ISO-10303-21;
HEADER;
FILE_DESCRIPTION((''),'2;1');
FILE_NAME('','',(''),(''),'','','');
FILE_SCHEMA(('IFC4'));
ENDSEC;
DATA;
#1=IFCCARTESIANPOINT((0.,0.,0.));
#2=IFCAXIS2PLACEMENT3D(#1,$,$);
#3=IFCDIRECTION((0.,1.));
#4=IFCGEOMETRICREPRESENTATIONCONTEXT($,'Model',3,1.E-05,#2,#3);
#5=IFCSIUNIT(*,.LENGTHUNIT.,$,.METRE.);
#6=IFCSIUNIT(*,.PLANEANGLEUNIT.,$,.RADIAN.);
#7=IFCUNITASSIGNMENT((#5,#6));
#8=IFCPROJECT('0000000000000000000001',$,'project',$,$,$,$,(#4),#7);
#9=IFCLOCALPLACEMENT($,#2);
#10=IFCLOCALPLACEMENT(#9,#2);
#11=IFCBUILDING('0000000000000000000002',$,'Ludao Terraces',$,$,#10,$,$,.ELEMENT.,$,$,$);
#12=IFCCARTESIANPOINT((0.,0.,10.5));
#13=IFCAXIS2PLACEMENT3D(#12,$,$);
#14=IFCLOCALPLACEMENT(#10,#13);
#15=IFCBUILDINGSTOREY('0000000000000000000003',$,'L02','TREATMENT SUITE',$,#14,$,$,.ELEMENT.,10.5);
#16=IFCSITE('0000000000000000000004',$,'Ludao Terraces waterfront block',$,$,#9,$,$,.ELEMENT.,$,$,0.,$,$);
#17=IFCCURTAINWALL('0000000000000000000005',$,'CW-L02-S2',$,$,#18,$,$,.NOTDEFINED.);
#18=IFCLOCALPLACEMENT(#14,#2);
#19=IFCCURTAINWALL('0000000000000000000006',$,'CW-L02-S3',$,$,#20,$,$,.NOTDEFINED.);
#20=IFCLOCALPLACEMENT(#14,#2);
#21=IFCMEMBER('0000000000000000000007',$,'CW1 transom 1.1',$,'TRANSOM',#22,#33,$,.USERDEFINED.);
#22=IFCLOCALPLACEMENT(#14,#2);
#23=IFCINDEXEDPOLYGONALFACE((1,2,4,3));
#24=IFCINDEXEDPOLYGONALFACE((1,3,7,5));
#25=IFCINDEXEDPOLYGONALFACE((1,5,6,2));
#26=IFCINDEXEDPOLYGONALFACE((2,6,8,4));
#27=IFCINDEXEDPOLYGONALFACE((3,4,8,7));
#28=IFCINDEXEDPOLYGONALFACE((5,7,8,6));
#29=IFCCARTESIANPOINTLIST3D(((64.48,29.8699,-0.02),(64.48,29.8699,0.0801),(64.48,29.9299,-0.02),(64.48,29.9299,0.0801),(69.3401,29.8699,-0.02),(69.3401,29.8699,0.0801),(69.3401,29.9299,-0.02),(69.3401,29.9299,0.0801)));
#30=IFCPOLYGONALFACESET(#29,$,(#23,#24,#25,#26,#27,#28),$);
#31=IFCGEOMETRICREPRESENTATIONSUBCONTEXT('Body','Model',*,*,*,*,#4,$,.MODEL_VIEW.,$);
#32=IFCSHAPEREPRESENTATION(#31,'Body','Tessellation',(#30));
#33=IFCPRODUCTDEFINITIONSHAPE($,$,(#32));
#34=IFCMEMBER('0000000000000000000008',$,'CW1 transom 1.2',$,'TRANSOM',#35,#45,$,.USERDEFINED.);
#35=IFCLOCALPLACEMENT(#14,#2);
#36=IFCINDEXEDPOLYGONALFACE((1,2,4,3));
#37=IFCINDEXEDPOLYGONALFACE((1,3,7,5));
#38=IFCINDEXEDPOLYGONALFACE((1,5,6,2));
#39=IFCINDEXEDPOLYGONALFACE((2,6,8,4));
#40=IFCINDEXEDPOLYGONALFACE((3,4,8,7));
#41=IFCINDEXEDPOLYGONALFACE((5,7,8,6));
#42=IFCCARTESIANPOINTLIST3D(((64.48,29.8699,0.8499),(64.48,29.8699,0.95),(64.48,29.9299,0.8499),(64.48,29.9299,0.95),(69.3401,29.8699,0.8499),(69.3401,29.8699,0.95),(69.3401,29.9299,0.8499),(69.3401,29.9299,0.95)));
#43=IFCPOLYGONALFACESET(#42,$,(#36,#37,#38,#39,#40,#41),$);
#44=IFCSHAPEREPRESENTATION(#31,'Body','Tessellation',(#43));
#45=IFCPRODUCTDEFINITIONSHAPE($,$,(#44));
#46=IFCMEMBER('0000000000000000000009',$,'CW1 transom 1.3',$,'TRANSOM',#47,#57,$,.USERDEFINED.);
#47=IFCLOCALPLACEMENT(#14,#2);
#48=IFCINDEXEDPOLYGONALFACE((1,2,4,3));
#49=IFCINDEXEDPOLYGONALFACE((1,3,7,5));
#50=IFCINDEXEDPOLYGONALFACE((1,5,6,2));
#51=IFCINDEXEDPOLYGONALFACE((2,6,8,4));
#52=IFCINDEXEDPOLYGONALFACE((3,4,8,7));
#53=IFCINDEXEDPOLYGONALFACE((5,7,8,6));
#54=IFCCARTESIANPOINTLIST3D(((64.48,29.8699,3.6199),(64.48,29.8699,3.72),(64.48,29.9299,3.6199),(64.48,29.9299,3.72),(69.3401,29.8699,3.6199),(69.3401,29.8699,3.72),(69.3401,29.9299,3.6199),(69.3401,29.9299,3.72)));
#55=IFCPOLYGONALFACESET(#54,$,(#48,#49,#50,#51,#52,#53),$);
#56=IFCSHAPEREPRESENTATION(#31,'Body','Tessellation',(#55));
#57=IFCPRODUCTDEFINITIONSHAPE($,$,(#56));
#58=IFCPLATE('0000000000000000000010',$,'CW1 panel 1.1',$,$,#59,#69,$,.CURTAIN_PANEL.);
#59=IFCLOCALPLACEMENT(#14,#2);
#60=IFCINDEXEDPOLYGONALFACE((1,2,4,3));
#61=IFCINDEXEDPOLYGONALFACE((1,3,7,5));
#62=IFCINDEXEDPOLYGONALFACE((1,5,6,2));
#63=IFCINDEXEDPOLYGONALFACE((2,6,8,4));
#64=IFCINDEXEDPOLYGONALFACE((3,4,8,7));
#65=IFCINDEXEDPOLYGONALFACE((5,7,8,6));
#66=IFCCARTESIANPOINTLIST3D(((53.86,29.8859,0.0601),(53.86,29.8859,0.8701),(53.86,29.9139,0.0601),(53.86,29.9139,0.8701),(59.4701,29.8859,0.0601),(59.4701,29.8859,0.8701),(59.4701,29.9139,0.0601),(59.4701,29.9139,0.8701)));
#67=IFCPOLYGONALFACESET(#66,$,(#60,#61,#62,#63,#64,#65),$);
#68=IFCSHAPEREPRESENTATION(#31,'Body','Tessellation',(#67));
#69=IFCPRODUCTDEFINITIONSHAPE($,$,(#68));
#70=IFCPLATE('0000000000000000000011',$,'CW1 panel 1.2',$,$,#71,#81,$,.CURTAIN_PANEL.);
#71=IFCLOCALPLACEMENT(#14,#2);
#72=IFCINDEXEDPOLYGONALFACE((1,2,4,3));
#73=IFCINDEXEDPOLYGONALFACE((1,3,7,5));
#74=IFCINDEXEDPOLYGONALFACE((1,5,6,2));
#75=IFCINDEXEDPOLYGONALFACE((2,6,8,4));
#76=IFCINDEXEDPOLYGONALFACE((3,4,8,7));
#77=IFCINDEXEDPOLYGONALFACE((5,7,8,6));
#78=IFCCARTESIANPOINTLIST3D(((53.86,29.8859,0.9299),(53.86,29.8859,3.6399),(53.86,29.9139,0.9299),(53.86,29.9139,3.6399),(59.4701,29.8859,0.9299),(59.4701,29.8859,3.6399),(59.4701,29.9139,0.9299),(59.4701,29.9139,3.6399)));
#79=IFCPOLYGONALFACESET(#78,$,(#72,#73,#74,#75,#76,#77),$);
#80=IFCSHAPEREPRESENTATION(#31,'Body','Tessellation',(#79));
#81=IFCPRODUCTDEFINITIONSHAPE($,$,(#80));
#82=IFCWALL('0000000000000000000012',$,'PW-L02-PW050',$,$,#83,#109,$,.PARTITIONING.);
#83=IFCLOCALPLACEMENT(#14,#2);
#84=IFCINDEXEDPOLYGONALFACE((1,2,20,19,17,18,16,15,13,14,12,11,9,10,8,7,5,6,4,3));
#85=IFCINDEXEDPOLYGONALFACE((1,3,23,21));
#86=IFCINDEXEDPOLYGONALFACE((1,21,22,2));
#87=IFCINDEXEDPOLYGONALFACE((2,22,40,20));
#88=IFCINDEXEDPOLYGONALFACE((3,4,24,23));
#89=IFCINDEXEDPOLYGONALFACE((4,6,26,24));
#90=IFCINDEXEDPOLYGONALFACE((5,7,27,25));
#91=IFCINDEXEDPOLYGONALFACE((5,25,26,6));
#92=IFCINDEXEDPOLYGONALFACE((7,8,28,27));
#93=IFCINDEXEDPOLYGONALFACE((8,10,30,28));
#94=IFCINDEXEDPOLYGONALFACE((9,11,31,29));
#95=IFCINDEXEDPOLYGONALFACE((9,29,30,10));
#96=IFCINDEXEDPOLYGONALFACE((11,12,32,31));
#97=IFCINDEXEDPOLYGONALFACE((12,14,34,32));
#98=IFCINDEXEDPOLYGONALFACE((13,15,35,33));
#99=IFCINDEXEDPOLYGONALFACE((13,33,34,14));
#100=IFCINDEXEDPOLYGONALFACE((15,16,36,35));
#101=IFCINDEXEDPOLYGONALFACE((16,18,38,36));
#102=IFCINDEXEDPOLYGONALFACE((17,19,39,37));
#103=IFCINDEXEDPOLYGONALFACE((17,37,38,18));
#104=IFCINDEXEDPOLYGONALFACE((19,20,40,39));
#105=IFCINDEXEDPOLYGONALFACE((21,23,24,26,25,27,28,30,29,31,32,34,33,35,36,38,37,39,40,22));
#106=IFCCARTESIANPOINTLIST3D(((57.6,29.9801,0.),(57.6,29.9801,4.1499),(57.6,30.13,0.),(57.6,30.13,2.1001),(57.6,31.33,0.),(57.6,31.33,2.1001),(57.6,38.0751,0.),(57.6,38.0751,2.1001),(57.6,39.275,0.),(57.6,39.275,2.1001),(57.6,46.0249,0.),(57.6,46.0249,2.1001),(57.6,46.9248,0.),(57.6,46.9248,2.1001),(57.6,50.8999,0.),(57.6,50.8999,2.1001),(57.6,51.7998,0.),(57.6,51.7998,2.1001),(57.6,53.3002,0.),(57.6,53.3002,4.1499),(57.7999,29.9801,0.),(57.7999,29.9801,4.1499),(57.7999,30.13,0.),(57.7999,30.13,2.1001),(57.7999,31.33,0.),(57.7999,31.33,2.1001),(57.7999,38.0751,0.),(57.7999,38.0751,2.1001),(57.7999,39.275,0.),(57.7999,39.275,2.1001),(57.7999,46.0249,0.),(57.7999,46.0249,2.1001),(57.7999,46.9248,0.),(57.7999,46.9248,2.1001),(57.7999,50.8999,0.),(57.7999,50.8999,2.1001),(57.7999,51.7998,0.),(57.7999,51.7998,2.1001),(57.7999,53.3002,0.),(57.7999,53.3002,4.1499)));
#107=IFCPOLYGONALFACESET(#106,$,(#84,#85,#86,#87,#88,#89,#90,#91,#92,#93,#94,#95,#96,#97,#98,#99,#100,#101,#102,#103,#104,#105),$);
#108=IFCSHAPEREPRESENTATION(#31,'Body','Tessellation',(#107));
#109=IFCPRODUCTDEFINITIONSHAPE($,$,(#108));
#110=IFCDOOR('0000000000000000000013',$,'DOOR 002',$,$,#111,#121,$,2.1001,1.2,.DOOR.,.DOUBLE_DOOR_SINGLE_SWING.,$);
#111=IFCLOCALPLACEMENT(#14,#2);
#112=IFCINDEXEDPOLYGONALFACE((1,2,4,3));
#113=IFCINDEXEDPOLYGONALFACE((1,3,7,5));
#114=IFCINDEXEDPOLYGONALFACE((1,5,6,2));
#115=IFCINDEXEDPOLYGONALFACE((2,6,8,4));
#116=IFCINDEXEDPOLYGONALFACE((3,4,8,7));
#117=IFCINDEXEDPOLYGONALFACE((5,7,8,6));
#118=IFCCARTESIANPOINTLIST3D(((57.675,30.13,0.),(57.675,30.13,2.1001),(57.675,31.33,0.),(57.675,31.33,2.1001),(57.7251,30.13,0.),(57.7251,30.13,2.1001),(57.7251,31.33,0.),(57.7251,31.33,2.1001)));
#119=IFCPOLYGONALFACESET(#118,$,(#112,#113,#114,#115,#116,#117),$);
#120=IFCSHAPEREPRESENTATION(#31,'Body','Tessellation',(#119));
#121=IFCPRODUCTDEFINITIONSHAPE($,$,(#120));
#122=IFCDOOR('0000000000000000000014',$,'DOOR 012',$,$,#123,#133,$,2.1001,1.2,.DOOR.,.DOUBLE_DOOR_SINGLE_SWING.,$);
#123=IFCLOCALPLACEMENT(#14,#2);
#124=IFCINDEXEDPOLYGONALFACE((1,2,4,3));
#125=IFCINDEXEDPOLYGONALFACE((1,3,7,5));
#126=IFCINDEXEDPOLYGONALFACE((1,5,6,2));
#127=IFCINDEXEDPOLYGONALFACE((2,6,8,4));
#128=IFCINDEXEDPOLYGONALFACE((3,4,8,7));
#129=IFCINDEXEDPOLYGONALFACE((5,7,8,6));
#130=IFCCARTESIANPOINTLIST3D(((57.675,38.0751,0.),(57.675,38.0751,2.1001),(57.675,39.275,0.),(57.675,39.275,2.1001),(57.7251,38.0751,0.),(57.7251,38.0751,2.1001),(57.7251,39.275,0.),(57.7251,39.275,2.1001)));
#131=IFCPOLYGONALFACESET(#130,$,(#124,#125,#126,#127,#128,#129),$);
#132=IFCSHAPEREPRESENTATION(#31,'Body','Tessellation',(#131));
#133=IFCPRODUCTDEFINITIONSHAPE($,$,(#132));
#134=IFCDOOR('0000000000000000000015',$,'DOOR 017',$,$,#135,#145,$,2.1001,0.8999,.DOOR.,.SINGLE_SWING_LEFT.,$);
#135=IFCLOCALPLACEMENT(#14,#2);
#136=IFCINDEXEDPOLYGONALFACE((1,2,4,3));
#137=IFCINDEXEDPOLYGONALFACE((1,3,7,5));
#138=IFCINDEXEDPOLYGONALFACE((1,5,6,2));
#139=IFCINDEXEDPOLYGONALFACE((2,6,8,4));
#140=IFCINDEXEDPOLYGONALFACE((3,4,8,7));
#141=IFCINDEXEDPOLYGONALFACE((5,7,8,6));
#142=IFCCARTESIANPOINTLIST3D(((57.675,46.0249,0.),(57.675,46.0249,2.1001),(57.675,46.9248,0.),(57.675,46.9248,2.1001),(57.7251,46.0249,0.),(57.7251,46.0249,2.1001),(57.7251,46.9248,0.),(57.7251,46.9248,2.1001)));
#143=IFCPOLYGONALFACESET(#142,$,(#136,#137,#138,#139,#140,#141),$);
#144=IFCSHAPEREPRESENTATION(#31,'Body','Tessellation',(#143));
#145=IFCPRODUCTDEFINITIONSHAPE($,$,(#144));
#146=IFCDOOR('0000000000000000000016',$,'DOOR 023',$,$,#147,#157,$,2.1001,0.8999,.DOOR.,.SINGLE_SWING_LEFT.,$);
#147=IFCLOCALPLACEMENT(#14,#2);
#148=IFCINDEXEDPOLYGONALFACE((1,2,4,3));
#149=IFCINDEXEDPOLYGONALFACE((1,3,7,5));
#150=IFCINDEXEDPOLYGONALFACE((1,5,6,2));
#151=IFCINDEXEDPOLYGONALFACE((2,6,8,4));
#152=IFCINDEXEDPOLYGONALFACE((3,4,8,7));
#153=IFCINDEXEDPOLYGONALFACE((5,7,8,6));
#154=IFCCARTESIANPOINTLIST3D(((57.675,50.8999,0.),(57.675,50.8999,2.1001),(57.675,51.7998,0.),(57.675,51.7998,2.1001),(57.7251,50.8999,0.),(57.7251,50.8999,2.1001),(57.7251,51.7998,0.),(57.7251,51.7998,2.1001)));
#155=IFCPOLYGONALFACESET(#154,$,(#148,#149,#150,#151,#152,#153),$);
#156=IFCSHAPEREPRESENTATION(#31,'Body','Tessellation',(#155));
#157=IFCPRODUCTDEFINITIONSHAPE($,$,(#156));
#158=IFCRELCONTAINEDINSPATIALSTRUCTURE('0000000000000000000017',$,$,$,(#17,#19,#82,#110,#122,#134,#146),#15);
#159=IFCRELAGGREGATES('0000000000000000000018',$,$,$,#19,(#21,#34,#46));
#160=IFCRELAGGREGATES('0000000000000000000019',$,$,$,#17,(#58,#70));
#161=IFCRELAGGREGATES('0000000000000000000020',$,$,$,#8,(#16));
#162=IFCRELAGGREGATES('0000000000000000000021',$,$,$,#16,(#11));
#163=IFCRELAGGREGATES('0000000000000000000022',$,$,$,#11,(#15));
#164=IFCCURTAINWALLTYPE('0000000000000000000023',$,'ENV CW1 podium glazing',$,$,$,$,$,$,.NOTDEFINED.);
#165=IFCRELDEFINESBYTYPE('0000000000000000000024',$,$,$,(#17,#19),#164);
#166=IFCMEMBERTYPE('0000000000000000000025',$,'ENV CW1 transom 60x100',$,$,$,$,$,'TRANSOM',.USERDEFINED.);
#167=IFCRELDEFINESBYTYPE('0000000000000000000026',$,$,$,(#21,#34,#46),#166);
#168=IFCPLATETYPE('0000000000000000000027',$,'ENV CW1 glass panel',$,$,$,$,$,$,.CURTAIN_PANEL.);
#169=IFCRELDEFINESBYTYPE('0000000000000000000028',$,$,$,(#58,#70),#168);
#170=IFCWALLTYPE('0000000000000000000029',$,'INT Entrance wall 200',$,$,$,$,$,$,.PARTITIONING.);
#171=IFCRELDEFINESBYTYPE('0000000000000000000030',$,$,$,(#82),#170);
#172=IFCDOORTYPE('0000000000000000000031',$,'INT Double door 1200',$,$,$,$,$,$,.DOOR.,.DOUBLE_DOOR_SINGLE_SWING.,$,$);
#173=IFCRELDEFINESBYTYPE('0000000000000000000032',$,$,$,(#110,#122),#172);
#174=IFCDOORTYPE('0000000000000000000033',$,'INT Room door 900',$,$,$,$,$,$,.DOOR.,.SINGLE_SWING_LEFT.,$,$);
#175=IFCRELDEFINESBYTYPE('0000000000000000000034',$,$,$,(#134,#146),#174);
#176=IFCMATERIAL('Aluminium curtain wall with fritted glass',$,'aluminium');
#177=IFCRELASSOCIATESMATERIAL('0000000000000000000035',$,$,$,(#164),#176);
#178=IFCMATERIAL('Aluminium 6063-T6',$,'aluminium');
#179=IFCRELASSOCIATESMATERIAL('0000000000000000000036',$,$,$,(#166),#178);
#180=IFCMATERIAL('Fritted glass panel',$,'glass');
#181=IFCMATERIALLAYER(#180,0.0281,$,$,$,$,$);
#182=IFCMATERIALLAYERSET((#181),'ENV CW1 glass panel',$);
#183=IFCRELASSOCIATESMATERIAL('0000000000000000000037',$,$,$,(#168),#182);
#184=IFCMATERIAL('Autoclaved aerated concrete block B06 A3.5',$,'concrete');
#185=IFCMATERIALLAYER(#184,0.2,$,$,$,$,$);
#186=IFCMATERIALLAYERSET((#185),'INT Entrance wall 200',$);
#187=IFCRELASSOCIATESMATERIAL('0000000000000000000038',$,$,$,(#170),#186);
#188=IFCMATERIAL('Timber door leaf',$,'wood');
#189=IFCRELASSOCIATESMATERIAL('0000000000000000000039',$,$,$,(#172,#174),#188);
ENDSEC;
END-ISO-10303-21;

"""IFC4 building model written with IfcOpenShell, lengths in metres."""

from ifc_helpers import new_model, si_unit, direction, frame, frame_2d, origin, origin_2d, place, context, subcontext, project, spatial, rectangle, extrude, material, layer, layer_set, material_profile, profile_set, type_object, element, fill, aggregate, save


model = new_model("IFC4")

# Units and contexts
model_context = context("Model", 3, precision=1e-05, world=origin(), true_north=direction((0.0, 1.0)))
body_context = subcontext(model_context, "Body", "Model", "MODEL_VIEW")
ifc_project = project(units=[si_unit("LENGTHUNIT", "METRE"), si_unit("PLANEANGLEUNIT", "RADIAN")], contexts=[model_context])

# Site, building, storey
site_placement = place(None, origin())
site = spatial("IfcSite", under=ifc_project, at=site_placement, Name="Ludao Terraces waterfront block", CompositionType="ELEMENT", RefElevation=0.0)
building_placement = place(site_placement, origin())
building = spatial("IfcBuilding", under=site, at=building_placement, Name="Ludao Terraces", CompositionType="ELEMENT")
storey_placement = place(building_placement, frame((0.0, 0.0, 10.5)))
storey = spatial("IfcBuildingStorey", under=building, at=storey_placement, Name="L02", Description="TREATMENT SUITE", CompositionType="ELEMENT", Elevation=10.5)

# Curtain walls
ifc_material_1 = material(Name="Aluminium curtain wall with fritted glass", Category="aluminium")
curtain_wall_type = type_object("IfcCurtainWallType", Name="ENV CW1 podium glazing", PredefinedType="NOTDEFINED", material=ifc_material_1)
curtain_wall_1_placement = place(storey_placement, origin())
curtain_wall_1 = element("IfcCurtainWall", 1, at=curtain_wall_1_placement, inside=storey, type_object=curtain_wall_type, Name="CW-L02-S2", PredefinedType="NOTDEFINED")
ifc_material_2 = material(Name="Aluminium 6063-T6", Category="aluminium")
curtain_wall_2_placement = place(storey_placement, origin())
curtain_wall_2 = element("IfcCurtainWall", 2, at=curtain_wall_2_placement, inside=storey, type_object=curtain_wall_type, Name="CW-L02-S3", PredefinedType="NOTDEFINED")

# Members
ifc_material_profile_1 = material_profile(ifc_material_2, rectangle(XDim=0.0601, YDim=0.1001, at=origin_2d()), Name="60 X 100")
ifc_profile_set_1 = profile_set([ifc_material_profile_1], Name="Aluminium 6063-T6")
member_type_1 = type_object("IfcMemberType", Name="ENV CW1 transom 60x100", ElementType="TRANSOM", PredefinedType="USERDEFINED", material=ifc_profile_set_1)
member_1_placement = place(storey_placement, frame((64.48, 29.8999, 0.03), z_axis=(1.0, 0.0, 0.0), x_axis=(0.0, 1.0, 0.0)))
member_1 = element("IfcMember", 3, at=member_1_placement, type_object=member_type_1, Name="CW1 transom 1.1", ObjectType="TRANSOM", PredefinedType="USERDEFINED", context=body_context, shape_type="SweptSolid", body=[
    extrude(rectangle(XDim=0.0601, YDim=0.1001, at=origin_2d()), origin(), (0.0, 0.0, 1.0), 4.8601),
])
member_2_placement = place(storey_placement, frame((64.48, 29.8999, 0.8999), z_axis=(1.0, 0.0, 0.0), x_axis=(0.0, 1.0, 0.0)))
member_2 = element("IfcMember", 4, at=member_2_placement, type_object=member_type_1, Name="CW1 transom 1.2", ObjectType="TRANSOM", PredefinedType="USERDEFINED", context=body_context, shape_type="SweptSolid", body=[
    extrude(rectangle(XDim=0.0601, YDim=0.1001, at=origin_2d()), origin(), (0.0, 0.0, 1.0), 4.8601),
])
member_3_placement = place(storey_placement, frame((64.48, 29.8999, 3.6699), z_axis=(1.0, 0.0, 0.0), x_axis=(0.0, 1.0, 0.0)))
member_3 = element("IfcMember", 5, at=member_3_placement, type_object=member_type_1, Name="CW1 transom 1.3", ObjectType="TRANSOM", PredefinedType="USERDEFINED", context=body_context, shape_type="SweptSolid", body=[
    extrude(rectangle(XDim=0.0601, YDim=0.1001, at=origin_2d()), origin(), (0.0, 0.0, 1.0), 4.8601),
])
aggregate(curtain_wall_2, [member_1, member_2, member_3])

# Plates
ifc_material_3 = material(Name="Fritted glass panel", Category="glass")
ifc_layer_1 = layer(ifc_material_3, 0.0281)
ifc_layer_set_1 = layer_set([ifc_layer_1], Name="ENV CW1 glass panel")
plate_type = type_object("IfcPlateType", Name="ENV CW1 glass panel", PredefinedType="CURTAIN_PANEL", material=ifc_layer_set_1)
plate_1_placement = place(storey_placement, frame((56.665, 29.8999, 0.0601), z_axis=(0.0, 0.0, 1.0), x_axis=(1.0, 0.0, 0.0)))
plate_1 = element("IfcPlate", 6, at=plate_1_placement, type_object=plate_type, Name="CW1 panel 1.1", PredefinedType="CURTAIN_PANEL", context=body_context, shape_type="SweptSolid", body=[
    extrude(rectangle(XDim=5.6101, YDim=0.0281, at=origin_2d()), origin(), (0.0, 0.0, 1.0), 0.8101),
])
plate_2_placement = place(storey_placement, frame((56.665, 29.8999, 0.9299), z_axis=(0.0, 0.0, 1.0), x_axis=(1.0, 0.0, 0.0)))
plate_2 = element("IfcPlate", 7, at=plate_2_placement, type_object=plate_type, Name="CW1 panel 1.2", PredefinedType="CURTAIN_PANEL", context=body_context, shape_type="SweptSolid", body=[
    extrude(rectangle(XDim=5.6101, YDim=0.0281, at=origin_2d()), origin(), (0.0, 0.0, 1.0), 2.71),
])
aggregate(curtain_wall_1, [plate_1, plate_2])

# Wall, openings, doors
ifc_material_4 = material(Name="Autoclaved aerated concrete block B06 A3.5", Category="concrete")
ifc_layer_2 = layer(ifc_material_4, 0.2)
ifc_layer_set_2 = layer_set([ifc_layer_2], Name="INT Entrance wall 200")
wall_type_1 = type_object("IfcWallType", Name="INT Entrance wall 200", PredefinedType="PARTITIONING", material=ifc_layer_set_2)
wall_1_placement = place(storey_placement, frame((57.7, 29.98, 0.0), z_axis=(0.0, 0.0, 1.0), x_axis=(0.0, 1.0, 0.0)))
wall_1 = element("IfcWall", 8, at=wall_1_placement, inside=storey, type_object=wall_type_1, Name="PW-L02-PW050", PredefinedType="PARTITIONING", context=body_context, shape_type="SweptSolid", body=[
    extrude(rectangle(XDim=23.3201, YDim=0.2, at=frame_2d((11.6602, 0.0))), origin(), (0.0, 0.0, 1.0), 4.1499),
])
opening_1_placement = place(wall_1_placement, frame((0.1499, 0.0, 0.0)))
opening_1 = element("IfcOpeningElement", 9, at=opening_1_placement, cuts=wall_1, PredefinedType="OPENING", context=body_context, shape_type="SweptSolid", body=[
    extrude(rectangle(XDim=1.2, YDim=2.1001, at=frame_2d((0.6001, 1.05))), frame((0.0, 0.1099, 0.0), z_axis=(0.0, -1.0, 0.0), x_axis=(1.0, 0.0, 0.0)), (0.0, 0.0, 1.0), 0.22),
])
opening_2_placement = place(wall_1_placement, frame((8.095, 0.0, 0.0)))
opening_2 = element("IfcOpeningElement", 10, at=opening_2_placement, cuts=wall_1, PredefinedType="OPENING", context=body_context, shape_type="SweptSolid", body=[
    extrude(rectangle(XDim=1.2, YDim=2.1001, at=frame_2d((0.6001, 1.05))), frame((0.0, 0.1099, 0.0), z_axis=(0.0, -1.0, 0.0), x_axis=(1.0, 0.0, 0.0)), (0.0, 0.0, 1.0), 0.22),
])
opening_3_placement = place(wall_1_placement, frame((16.0449, 0.0, 0.0)))
opening_3 = element("IfcOpeningElement", 11, at=opening_3_placement, cuts=wall_1, PredefinedType="OPENING", context=body_context, shape_type="SweptSolid", body=[
    extrude(rectangle(XDim=0.8999, YDim=2.1001, at=frame_2d((0.45, 1.05))), frame((0.0, 0.1099, 0.0), z_axis=(0.0, -1.0, 0.0), x_axis=(1.0, 0.0, 0.0)), (0.0, 0.0, 1.0), 0.22),
])
opening_4_placement = place(wall_1_placement, frame((20.9199, 0.0, 0.0)))
opening_4 = element("IfcOpeningElement", 12, at=opening_4_placement, cuts=wall_1, PredefinedType="OPENING", context=body_context, shape_type="SweptSolid", body=[
    extrude(rectangle(XDim=0.8999, YDim=2.1001, at=frame_2d((0.45, 1.05))), frame((0.0, 0.1099, 0.0), z_axis=(0.0, -1.0, 0.0), x_axis=(1.0, 0.0, 0.0)), (0.0, 0.0, 1.0), 0.22),
])
ifc_material_5 = material(Name="Timber door leaf", Category="wood")
door_type_1 = type_object("IfcDoorType", Name="INT Double door 1200", OperationType="DOUBLE_DOOR_SINGLE_SWING", PredefinedType="DOOR", material=ifc_material_5)
door_1_placement = place(opening_1_placement, origin())
door_1 = element("IfcDoor", 13, at=door_1_placement, inside=storey, type_object=door_type_1, Name="DOOR 002", OperationType="DOUBLE_DOOR_SINGLE_SWING", OverallHeight=2.1001, OverallWidth=1.2, PredefinedType="DOOR", context=body_context, shape_type="SweptSolid", body=[
    extrude(rectangle(XDim=1.2, YDim=2.1001, at=frame_2d((0.6001, 1.05))), frame((0.0, 0.0249, 0.0), z_axis=(0.0, -1.0, 0.0), x_axis=(1.0, 0.0, 0.0)), (0.0, 0.0, 1.0), 0.05),
])
fill(opening_1, door_1)
door_2_placement = place(opening_2_placement, origin())
door_2 = element("IfcDoor", 14, at=door_2_placement, inside=storey, type_object=door_type_1, Name="DOOR 012", OperationType="DOUBLE_DOOR_SINGLE_SWING", OverallHeight=2.1001, OverallWidth=1.2, PredefinedType="DOOR", context=body_context, shape_type="SweptSolid", body=[
    extrude(rectangle(XDim=1.2, YDim=2.1001, at=frame_2d((0.6001, 1.05))), frame((0.0, 0.0249, 0.0), z_axis=(0.0, -1.0, 0.0), x_axis=(1.0, 0.0, 0.0)), (0.0, 0.0, 1.0), 0.05),
])
fill(opening_2, door_2)
door_type_2 = type_object("IfcDoorType", Name="INT Room door 900", OperationType="SINGLE_SWING_LEFT", PredefinedType="DOOR", material=ifc_material_5)
door_3_placement = place(opening_3_placement, origin())
door_3 = element("IfcDoor", 15, at=door_3_placement, inside=storey, type_object=door_type_2, Name="DOOR 017", OperationType="SINGLE_SWING_LEFT", OverallHeight=2.1001, OverallWidth=0.8999, PredefinedType="DOOR", context=body_context, shape_type="SweptSolid", body=[
    extrude(rectangle(XDim=0.8999, YDim=2.1001, at=frame_2d((0.45, 1.05))), frame((0.0, 0.0249, 0.0), z_axis=(0.0, -1.0, 0.0), x_axis=(1.0, 0.0, 0.0)), (0.0, 0.0, 1.0), 0.05),
])
fill(opening_3, door_3)
door_4_placement = place(opening_4_placement, origin())
door_4 = element("IfcDoor", 16, at=door_4_placement, inside=storey, type_object=door_type_2, Name="DOOR 023", OperationType="SINGLE_SWING_LEFT", OverallHeight=2.1001, OverallWidth=0.8999, PredefinedType="DOOR", context=body_context, shape_type="SweptSolid", body=[
    extrude(rectangle(XDim=0.8999, YDim=2.1001, at=frame_2d((0.45, 1.05))), frame((0.0, 0.0249, 0.0), z_axis=(0.0, -1.0, 0.0), x_axis=(1.0, 0.0, 0.0)), (0.0, 0.0, 1.0), 0.05),
])
fill(opening_4, door_4)

save(model, "model.ifc")
